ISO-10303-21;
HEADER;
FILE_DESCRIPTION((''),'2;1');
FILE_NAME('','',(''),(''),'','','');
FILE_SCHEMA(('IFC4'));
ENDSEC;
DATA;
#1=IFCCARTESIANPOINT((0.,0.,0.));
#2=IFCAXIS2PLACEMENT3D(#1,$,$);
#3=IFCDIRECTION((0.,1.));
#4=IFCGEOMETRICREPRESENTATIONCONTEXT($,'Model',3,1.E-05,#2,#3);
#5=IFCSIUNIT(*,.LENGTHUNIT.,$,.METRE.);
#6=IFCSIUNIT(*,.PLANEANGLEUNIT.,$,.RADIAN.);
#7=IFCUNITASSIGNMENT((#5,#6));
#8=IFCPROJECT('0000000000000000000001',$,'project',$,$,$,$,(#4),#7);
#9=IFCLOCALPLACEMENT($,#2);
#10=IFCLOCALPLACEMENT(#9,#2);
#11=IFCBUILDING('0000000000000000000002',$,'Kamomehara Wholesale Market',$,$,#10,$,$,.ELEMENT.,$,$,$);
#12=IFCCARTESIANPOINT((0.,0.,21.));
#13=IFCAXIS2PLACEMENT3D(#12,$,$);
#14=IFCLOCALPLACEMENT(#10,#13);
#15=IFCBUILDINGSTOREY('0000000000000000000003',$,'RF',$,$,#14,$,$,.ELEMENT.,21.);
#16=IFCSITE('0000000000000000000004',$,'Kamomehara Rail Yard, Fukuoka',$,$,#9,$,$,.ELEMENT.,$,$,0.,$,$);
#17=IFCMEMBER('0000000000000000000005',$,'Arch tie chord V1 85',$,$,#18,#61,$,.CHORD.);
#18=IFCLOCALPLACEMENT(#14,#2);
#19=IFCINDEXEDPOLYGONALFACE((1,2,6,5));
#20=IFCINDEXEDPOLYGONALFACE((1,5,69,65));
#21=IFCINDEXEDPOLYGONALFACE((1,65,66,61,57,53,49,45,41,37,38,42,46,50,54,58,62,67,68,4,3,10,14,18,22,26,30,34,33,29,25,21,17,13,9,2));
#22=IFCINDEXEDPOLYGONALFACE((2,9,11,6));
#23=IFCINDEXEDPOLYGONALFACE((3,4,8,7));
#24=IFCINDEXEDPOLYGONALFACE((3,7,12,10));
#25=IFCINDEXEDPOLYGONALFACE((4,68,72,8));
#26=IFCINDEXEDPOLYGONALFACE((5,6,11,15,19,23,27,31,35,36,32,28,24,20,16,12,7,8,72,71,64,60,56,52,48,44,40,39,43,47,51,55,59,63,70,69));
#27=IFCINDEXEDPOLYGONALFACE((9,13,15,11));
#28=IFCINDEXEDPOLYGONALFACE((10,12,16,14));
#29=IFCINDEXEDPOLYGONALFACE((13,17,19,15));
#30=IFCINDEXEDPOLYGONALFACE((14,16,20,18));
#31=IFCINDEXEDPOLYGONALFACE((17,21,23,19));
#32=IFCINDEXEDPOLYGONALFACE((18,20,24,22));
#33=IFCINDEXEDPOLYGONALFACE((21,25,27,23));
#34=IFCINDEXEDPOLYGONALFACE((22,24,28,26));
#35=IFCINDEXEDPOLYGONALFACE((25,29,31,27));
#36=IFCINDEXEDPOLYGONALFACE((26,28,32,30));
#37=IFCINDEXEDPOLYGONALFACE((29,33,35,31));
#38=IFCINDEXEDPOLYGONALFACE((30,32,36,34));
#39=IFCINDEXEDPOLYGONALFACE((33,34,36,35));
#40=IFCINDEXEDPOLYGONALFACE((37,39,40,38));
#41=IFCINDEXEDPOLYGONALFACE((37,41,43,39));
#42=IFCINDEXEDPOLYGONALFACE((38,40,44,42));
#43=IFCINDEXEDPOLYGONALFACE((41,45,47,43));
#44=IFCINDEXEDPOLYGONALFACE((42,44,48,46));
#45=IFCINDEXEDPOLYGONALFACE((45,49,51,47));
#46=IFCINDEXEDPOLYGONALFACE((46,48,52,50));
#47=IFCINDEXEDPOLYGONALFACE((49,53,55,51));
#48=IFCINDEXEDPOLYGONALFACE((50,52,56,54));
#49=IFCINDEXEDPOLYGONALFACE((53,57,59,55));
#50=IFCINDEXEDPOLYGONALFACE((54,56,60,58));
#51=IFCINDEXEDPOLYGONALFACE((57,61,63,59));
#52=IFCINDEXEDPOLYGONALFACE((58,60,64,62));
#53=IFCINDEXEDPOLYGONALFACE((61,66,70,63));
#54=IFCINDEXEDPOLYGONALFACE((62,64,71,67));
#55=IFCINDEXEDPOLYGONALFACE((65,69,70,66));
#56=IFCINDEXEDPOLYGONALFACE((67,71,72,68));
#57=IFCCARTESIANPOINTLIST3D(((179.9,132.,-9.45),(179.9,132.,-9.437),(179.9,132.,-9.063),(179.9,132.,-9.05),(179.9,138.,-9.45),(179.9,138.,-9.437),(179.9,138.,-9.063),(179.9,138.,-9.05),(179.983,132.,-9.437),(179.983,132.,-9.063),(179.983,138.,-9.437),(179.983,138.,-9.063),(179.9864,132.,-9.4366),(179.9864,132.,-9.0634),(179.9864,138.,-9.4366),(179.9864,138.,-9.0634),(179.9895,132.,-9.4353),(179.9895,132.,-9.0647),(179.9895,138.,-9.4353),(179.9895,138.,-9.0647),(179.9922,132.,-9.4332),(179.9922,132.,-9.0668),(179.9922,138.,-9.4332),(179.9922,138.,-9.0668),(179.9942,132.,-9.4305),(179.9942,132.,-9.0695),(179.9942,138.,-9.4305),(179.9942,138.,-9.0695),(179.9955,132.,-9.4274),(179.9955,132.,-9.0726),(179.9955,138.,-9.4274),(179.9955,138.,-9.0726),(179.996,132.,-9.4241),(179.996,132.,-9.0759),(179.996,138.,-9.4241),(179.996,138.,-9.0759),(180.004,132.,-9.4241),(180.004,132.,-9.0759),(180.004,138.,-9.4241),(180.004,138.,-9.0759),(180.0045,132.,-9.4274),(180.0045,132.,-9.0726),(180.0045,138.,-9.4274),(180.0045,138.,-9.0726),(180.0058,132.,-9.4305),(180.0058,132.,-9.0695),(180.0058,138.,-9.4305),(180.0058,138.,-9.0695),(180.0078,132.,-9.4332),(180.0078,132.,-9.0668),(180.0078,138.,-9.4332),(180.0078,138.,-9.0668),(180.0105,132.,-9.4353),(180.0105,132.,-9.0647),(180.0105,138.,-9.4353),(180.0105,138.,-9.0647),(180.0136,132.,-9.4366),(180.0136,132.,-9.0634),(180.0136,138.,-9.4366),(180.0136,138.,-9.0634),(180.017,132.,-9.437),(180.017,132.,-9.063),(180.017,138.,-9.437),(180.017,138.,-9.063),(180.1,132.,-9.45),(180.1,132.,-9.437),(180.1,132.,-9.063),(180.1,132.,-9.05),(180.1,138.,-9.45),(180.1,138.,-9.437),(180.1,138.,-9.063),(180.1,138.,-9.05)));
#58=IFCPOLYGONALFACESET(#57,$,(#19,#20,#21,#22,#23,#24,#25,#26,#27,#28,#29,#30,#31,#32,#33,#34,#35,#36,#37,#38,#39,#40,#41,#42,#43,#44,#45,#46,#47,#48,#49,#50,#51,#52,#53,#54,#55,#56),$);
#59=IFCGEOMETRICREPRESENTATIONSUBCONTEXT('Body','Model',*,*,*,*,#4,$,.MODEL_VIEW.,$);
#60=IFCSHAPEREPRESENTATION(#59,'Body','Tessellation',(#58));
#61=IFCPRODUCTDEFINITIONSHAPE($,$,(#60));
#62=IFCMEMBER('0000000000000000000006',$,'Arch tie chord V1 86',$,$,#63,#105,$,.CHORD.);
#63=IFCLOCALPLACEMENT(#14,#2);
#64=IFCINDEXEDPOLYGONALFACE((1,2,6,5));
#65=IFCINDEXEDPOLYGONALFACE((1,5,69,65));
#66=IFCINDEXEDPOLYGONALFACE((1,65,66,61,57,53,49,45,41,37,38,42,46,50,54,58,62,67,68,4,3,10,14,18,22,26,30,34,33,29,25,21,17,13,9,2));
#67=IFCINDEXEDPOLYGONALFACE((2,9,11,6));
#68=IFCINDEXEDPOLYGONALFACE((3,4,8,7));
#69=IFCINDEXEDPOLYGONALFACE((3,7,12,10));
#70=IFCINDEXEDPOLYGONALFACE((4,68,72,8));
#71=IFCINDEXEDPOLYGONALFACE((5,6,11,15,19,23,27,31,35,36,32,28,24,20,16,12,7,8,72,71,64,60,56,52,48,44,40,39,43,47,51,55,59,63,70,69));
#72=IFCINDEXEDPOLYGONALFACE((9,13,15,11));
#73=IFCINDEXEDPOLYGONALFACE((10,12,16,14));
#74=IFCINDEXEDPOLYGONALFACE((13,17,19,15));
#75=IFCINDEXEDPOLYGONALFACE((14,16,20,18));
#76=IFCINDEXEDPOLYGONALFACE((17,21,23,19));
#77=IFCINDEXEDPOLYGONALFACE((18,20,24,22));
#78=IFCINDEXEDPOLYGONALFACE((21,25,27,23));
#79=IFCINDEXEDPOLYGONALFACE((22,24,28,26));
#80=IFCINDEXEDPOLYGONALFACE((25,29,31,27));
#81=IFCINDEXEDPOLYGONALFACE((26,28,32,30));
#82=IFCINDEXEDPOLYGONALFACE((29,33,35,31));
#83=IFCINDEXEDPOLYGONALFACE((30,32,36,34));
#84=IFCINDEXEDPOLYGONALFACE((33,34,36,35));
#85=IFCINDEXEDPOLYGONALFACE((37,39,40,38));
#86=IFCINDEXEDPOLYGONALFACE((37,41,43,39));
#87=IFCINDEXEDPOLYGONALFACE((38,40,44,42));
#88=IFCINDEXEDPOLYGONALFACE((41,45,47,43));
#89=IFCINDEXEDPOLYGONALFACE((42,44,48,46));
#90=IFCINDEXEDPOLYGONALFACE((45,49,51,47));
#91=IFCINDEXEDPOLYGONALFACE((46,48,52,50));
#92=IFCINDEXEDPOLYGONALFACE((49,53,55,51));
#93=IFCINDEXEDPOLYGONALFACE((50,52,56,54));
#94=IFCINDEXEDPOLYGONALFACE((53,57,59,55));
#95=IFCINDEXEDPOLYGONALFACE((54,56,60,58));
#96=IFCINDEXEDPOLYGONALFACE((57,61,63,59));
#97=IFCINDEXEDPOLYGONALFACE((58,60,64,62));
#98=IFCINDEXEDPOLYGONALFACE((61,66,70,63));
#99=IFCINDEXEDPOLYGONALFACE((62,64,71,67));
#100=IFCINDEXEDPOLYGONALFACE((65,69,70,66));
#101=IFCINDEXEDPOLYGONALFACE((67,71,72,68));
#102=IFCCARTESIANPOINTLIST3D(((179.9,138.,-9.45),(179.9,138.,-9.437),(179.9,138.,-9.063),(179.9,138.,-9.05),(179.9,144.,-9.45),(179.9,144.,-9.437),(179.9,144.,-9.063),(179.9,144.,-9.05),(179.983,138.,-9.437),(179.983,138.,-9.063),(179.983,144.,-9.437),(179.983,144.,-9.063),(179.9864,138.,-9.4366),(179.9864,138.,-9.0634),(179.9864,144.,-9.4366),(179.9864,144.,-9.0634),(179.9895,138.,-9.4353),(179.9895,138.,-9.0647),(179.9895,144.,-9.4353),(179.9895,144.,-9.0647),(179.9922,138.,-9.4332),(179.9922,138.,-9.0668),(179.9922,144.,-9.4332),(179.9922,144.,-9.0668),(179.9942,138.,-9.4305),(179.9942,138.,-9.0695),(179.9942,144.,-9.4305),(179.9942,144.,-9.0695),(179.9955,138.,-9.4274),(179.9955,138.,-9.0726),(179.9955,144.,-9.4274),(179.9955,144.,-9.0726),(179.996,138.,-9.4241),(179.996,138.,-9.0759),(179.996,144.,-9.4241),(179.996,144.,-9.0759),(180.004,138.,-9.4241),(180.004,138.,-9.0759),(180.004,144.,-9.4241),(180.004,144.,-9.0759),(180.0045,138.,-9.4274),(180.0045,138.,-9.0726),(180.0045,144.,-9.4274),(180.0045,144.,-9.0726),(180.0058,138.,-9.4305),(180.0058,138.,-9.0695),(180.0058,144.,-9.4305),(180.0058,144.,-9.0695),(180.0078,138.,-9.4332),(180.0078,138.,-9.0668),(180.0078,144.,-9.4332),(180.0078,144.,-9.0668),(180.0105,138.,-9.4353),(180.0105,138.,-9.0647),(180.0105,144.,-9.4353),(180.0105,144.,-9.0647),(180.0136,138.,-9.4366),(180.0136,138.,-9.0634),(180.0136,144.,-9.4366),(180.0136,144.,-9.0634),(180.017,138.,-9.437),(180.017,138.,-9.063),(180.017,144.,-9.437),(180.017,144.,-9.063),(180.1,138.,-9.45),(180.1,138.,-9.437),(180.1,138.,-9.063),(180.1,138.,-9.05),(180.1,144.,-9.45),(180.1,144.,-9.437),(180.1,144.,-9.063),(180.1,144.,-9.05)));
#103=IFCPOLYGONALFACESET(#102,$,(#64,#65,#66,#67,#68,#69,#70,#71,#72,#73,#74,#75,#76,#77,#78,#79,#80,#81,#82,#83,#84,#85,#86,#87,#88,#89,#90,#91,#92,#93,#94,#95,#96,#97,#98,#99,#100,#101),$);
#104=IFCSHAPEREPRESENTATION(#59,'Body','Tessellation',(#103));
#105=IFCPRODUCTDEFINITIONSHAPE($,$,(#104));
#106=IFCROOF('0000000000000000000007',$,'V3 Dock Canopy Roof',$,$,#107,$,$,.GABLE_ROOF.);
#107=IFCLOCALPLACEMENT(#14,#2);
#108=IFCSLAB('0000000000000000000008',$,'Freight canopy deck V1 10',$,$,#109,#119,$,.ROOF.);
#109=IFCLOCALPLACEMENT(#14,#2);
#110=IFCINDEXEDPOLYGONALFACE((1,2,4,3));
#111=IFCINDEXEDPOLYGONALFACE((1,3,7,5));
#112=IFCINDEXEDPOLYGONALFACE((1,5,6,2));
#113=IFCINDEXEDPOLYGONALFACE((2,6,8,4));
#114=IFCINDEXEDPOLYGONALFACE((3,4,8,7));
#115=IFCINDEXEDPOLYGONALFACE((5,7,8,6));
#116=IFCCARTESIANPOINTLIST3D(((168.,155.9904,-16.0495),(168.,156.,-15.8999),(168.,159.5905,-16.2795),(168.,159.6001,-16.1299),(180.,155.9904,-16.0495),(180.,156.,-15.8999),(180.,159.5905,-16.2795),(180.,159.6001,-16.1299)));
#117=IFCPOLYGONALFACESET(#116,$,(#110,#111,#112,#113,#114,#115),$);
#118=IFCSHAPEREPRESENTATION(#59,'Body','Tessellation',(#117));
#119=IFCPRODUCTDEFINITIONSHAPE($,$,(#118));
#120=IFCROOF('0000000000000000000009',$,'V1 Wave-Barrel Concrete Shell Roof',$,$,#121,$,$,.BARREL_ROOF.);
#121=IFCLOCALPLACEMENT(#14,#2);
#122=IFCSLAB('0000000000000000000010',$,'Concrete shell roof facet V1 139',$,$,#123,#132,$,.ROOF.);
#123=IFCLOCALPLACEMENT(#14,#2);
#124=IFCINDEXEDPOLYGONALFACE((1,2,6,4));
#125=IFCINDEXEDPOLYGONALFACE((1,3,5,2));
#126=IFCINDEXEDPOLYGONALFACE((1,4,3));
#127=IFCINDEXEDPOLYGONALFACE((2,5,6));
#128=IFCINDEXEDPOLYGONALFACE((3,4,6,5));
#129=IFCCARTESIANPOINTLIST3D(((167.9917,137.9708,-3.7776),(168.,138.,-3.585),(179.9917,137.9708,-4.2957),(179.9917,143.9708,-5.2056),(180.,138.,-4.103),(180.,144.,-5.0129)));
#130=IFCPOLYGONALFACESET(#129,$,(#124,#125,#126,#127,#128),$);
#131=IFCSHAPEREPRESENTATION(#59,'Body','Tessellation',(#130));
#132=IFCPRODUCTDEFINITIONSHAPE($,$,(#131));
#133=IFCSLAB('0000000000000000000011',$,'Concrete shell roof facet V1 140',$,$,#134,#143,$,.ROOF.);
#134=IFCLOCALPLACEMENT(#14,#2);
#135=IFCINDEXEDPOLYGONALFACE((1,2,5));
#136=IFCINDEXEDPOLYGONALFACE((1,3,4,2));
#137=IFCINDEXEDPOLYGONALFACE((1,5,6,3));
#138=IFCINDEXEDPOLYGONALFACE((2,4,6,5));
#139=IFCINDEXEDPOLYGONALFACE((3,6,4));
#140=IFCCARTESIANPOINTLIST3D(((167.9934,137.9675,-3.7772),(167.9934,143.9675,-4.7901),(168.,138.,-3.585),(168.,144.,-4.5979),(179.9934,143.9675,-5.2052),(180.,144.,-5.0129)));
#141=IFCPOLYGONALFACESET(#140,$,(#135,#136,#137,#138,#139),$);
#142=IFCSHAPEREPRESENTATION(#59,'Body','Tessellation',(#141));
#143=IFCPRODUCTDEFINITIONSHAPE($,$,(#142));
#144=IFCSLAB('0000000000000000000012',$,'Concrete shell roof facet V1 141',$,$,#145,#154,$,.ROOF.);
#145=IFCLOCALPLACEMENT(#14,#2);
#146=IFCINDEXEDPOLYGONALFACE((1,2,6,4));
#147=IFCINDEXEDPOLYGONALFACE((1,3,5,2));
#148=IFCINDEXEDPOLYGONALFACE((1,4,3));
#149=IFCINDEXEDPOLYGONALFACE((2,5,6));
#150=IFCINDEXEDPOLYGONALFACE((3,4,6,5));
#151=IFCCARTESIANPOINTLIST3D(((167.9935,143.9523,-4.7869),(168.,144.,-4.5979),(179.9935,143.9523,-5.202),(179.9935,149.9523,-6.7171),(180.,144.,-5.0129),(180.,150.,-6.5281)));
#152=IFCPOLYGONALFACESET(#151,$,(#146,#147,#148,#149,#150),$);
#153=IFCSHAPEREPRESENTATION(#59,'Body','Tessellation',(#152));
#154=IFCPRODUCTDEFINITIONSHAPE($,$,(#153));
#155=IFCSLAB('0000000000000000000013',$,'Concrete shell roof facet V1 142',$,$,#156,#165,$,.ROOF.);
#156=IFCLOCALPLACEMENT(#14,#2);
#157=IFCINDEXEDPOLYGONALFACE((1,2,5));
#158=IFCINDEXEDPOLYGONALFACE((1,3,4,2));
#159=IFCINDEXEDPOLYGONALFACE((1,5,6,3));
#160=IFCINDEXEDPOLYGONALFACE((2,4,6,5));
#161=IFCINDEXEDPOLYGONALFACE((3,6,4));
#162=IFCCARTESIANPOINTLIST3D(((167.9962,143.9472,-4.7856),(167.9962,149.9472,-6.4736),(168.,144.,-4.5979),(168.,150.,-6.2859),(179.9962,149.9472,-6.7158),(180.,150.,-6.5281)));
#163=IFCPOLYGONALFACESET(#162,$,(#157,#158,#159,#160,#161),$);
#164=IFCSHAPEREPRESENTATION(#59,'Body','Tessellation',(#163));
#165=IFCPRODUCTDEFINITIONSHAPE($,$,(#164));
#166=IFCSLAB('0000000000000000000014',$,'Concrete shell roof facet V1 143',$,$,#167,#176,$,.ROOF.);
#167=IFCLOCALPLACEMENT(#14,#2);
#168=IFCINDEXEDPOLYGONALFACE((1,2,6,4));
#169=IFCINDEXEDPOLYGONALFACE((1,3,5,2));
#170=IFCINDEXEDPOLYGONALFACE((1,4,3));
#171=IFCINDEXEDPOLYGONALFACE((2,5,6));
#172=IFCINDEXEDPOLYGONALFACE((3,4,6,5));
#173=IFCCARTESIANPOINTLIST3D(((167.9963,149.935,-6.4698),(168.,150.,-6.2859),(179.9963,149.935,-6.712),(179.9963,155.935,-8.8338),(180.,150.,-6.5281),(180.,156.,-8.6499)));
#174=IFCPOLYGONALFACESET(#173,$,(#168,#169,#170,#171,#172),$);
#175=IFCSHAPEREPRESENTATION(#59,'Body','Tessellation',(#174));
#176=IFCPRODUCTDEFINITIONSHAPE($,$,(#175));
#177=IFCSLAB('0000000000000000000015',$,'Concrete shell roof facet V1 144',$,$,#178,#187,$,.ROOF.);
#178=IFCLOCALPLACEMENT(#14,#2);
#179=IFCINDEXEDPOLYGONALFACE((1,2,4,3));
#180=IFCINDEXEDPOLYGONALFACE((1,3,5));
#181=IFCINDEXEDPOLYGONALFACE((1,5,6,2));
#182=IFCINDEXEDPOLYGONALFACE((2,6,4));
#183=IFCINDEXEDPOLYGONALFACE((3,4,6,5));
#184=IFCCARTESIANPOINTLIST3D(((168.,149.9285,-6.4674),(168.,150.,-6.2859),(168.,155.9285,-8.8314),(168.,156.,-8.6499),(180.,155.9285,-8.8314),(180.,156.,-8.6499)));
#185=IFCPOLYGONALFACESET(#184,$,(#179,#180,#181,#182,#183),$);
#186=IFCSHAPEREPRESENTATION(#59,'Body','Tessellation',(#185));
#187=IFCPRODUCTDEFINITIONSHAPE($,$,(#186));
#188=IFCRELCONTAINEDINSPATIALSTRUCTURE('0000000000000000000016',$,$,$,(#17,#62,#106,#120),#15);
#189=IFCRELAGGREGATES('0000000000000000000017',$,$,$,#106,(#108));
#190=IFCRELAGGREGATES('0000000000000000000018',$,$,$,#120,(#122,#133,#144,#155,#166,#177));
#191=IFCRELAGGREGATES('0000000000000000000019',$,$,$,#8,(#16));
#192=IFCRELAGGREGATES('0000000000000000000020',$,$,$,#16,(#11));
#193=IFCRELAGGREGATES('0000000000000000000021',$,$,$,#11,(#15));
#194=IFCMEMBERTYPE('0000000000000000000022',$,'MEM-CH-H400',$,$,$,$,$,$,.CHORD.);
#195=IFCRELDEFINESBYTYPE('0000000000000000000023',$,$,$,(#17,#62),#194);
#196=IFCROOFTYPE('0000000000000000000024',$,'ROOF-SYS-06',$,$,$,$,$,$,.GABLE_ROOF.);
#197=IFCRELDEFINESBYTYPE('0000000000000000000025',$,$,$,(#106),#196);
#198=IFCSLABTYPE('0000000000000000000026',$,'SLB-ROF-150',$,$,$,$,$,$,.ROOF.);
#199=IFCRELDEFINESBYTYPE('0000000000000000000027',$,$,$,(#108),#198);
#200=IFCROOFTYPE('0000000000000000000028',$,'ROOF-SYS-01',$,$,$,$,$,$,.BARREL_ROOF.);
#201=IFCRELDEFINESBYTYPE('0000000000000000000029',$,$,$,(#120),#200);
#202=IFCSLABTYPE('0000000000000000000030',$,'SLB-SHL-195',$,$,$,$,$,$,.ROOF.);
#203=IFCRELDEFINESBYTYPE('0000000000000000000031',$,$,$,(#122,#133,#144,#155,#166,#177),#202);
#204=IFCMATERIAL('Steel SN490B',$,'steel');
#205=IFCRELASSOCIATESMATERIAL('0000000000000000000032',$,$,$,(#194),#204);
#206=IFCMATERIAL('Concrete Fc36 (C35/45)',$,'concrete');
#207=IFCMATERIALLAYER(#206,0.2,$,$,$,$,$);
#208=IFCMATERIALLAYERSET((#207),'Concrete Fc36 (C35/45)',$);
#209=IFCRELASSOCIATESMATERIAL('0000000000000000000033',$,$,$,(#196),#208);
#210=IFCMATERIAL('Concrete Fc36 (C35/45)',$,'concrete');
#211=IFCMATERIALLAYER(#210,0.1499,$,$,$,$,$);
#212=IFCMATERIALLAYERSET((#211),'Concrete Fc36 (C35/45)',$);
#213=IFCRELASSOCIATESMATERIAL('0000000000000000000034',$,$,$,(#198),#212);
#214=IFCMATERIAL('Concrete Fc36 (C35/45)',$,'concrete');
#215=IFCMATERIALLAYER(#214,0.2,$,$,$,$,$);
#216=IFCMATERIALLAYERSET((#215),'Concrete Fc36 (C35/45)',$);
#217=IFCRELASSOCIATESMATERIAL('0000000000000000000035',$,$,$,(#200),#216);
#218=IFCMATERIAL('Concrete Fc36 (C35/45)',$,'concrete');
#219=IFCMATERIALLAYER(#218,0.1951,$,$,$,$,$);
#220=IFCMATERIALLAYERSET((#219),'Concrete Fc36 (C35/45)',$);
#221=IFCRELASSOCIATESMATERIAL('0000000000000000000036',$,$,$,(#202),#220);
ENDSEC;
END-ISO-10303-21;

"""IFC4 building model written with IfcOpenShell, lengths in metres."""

from ifc_helpers import new_model, si_unit, direction, frame, origin, origin_2d, place, context, subcontext, project, spatial, polyline, i_section, outline, extrude, material, layer, layer_set, material_profile, profile_set, type_object, element, aggregate, save


model = new_model("IFC4")

# Units and contexts
model_context = context("Model", 3, precision=1e-05, world=origin(), true_north=direction((0.0, 1.0)))
body_context = subcontext(model_context, "Body", "Model", "MODEL_VIEW")
ifc_project = project(units=[si_unit("LENGTHUNIT", "METRE"), si_unit("PLANEANGLEUNIT", "RADIAN")], contexts=[model_context])

# Site, building, storey
site_placement = place(None, origin())
site = spatial("IfcSite", under=ifc_project, at=site_placement, Name="Kamomehara Rail Yard, Fukuoka", CompositionType="ELEMENT", RefElevation=0.0)
building_placement = place(site_placement, origin())
building = spatial("IfcBuilding", under=site, at=building_placement, Name="Kamomehara Wholesale Market", CompositionType="ELEMENT")
storey_placement = place(building_placement, frame((0.0, 0.0, 21.0)))
storey = spatial("IfcBuildingStorey", under=building, at=storey_placement, Name="RF", CompositionType="ELEMENT", Elevation=21.0)

# Members
ifc_material_1 = material(Name="Steel SN490B", Category="steel")
ifc_material_profile_1 = material_profile(ifc_material_1, i_section(OverallWidth=0.2, OverallDepth=0.3999, WebThickness=0.0081, FlangeThickness=0.0129, FilletRadius=0.0129, at=origin_2d()), Name="H-400x200x8x13")
ifc_profile_set_1 = profile_set([ifc_material_profile_1], Name="Steel SN490B")
member_type_1 = type_object("IfcMemberType", Name="MEM-CH-H400", PredefinedType="CHORD", material=ifc_profile_set_1)
for number, where, z_axis, x_axis, name in (
    (1, (180.0, 132.0, -9.25), (0.0, 1.0, 0.0), (-1.0, 0.0, 0.0), "Arch tie chord V1 85"),
    (2, (180.0, 138.0, -9.25), (0.0, 1.0, 0.0), (-1.0, 0.0, 0.0), "Arch tie chord V1 86"),
):
    element("IfcMember", number, at=place(storey_placement, frame(where, z_axis=z_axis, x_axis=x_axis)), inside=storey, type_object=member_type_1, Name=name, PredefinedType="CHORD", context=body_context, shape_type="SweptSolid", body=[
        extrude(i_section(OverallWidth=0.2, OverallDepth=0.3999, WebThickness=0.0081, FlangeThickness=0.0129, FilletRadius=0.0129, at=origin_2d()), origin(), (0.0, 0.0, 1.0), 6.0),
    ])

# Roof, slab
ifc_material_2 = material(Name="Concrete Fc36 (C35/45)", Category="concrete")
ifc_layer_1 = layer(ifc_material_2, 0.2)
ifc_layer_set_1 = layer_set([ifc_layer_1], Name="Concrete Fc36 (C35/45)")
roof_type_1 = type_object("IfcRoofType", Name="ROOF-SYS-06", PredefinedType="GABLE_ROOF", material=ifc_layer_set_1)
roof_1_placement = place(storey_placement, origin())
roof_1 = element("IfcRoof", 3, at=roof_1_placement, inside=storey, type_object=roof_type_1, Name="V3 Dock Canopy Roof", PredefinedType="GABLE_ROOF")
ifc_material_3 = material(Name="Concrete Fc36 (C35/45)", Category="concrete")
ifc_layer_2 = layer(ifc_material_3, 0.1499)
ifc_layer_set_2 = layer_set([ifc_layer_2], Name="Concrete Fc36 (C35/45)")
slab_type_1 = type_object("IfcSlabType", Name="SLB-ROF-150", PredefinedType="ROOF", material=ifc_layer_set_2)
slab_1_placement = place(storey_placement, frame((168.0, 156.0, -15.8999), z_axis=(0.0, 0.063752, 0.997966), x_axis=(1.0, 0.0, 0.0)))
slab_1 = element("IfcSlab", 4, at=slab_1_placement, type_object=slab_type_1, Name="Freight canopy deck V1 10", PredefinedType="ROOF", context=body_context, shape_type="SweptSolid", body=[
    extrude(outline(polyline([(0.0, 0.0), (12.0, 0.0), (12.0, 3.6074), (0.0, 3.6074), (0.0, 0.0)])), origin(), (0.0, 0.0, -1.0), 0.1499),
])
aggregate(roof_1, [slab_1])

# Roof, slabs
ifc_material_4 = material(Name="Concrete Fc36 (C35/45)", Category="concrete")
ifc_layer_3 = layer(ifc_material_4, 0.2)
ifc_layer_set_3 = layer_set([ifc_layer_3], Name="Concrete Fc36 (C35/45)")
roof_type_2 = type_object("IfcRoofType", Name="ROOF-SYS-01", PredefinedType="BARREL_ROOF", material=ifc_layer_set_3)
roof_2_placement = place(storey_placement, origin())
roof_2 = element("IfcRoof", 5, at=roof_2_placement, inside=storey, type_object=roof_type_2, Name="V1 Wave-Barrel Concrete Shell Roof", PredefinedType="BARREL_ROOF")
ifc_material_5 = material(Name="Concrete Fc36 (C35/45)", Category="concrete")
ifc_layer_4 = layer(ifc_material_5, 0.1951)
ifc_layer_set_4 = layer_set([ifc_layer_4], Name="Concrete Fc36 (C35/45)")
slab_type_2 = type_object("IfcSlabType", Name="SLB-SHL-195", PredefinedType="ROOF", material=ifc_layer_set_4)
slab_2_placement = place(storey_placement, frame((168.0, 138.0, -3.585), z_axis=(0.042645, 0.149801, 0.987796), x_axis=(0.999069, 0.0, -0.043132)))
slab_2 = element("IfcSlab", 6, at=slab_2_placement, type_object=slab_type_2, Name="Concrete shell roof facet V1 139", PredefinedType="ROOF", context=body_context, shape_type="SweptSolid", body=[
    extrude(outline(polyline([(0.0, 0.0), (12.0112, 0.0), (12.0504, 6.0685), (0.0, 0.0)])), origin(), (0.0, 0.0, -1.0), 0.1951),
])
slab_3_placement = place(storey_placement, frame((168.0, 138.0, -3.585), z_axis=(0.034084, 0.166371, 0.985474), x_axis=(0.889404, 0.444702, -0.105837)))
slab_3 = element("IfcSlab", 7, at=slab_3_placement, type_object=slab_type_2, Name="Concrete shell roof facet V1 140", PredefinedType="ROOF", context=body_context, shape_type="SweptSolid", body=[
    extrude(outline(polyline([(0.0, 0.0), (13.4922, 0.0), (2.7754, 5.4151), (0.0, 0.0)])), origin(), (0.0, 0.0, -1.0), 0.1951),
])
slab_4_placement = place(storey_placement, frame((168.0, 144.0, -4.5979), z_axis=(0.033515, 0.2447, 0.96902), x_axis=(0.999402, 0.0, -0.034566)))
slab_4 = element("IfcSlab", 8, at=slab_4_placement, type_object=slab_type_2, Name="Concrete shell roof facet V1 141", PredefinedType="ROOF", context=body_context, shape_type="SweptSolid", body=[
    extrude(outline(polyline([(0.0, 0.0), (12.0072, 0.0), (12.0595, 6.1881), (0.0, 0.0)])), origin(), (0.0, 0.0, -1.0), 0.1951),
])
slab_5_placement = place(storey_placement, frame((168.0, 144.0, -4.5979), z_axis=(0.019424, 0.270767, 0.962449), x_axis=(0.885312, 0.442656, -0.142401)))
slab_5 = element("IfcSlab", 9, at=slab_5_placement, type_object=slab_type_2, Name="Concrete shell roof facet V1 142", PredefinedType="ROOF", context=body_context, shape_type="SweptSolid", body=[
    extrude(outline(polyline([(0.0, 0.0), (13.5545, 0.0), (2.8963, 5.5191), (0.0, 0.0)])), origin(), (0.0, 0.0, -1.0), 0.1951),
])
slab_6_placement = place(storey_placement, frame((168.0, 150.0, -6.2859), z_axis=(0.019024, 0.333344, 0.942613), x_axis=(0.999796, 0.0, -0.020178)))
slab_6 = element("IfcSlab", 10, at=slab_6_placement, type_object=slab_type_2, Name="Concrete shell roof facet V1 143", PredefinedType="ROOF", context=body_context, shape_type="SweptSolid", body=[
    extrude(outline(polyline([(0.0, 0.0), (12.0024, 0.0), (12.0453, 6.364), (0.0, 0.0)])), origin(), (0.0, 0.0, -1.0), 0.1951),
])
slab_7_placement = place(storey_placement, frame((168.0, 150.0, -6.2859), z_axis=(0.0, 0.366575, 0.930388), x_axis=(0.880857, 0.440429, -0.17353)))
slab_7 = element("IfcSlab", 11, at=slab_7_placement, type_object=slab_type_2, Name="Concrete shell roof facet V1 144", PredefinedType="ROOF", context=body_context, shape_type="SweptSolid", body=[
    extrude(outline(polyline([(0.0, 0.0), (13.6231, 0.0), (3.0528, 5.6806), (0.0, 0.0)])), origin(), (0.0, 0.0, -1.0), 0.1951),
])
aggregate(roof_2, [slab_2, slab_3, slab_4, slab_5, slab_6, slab_7])

save(model, "model.ifc")
